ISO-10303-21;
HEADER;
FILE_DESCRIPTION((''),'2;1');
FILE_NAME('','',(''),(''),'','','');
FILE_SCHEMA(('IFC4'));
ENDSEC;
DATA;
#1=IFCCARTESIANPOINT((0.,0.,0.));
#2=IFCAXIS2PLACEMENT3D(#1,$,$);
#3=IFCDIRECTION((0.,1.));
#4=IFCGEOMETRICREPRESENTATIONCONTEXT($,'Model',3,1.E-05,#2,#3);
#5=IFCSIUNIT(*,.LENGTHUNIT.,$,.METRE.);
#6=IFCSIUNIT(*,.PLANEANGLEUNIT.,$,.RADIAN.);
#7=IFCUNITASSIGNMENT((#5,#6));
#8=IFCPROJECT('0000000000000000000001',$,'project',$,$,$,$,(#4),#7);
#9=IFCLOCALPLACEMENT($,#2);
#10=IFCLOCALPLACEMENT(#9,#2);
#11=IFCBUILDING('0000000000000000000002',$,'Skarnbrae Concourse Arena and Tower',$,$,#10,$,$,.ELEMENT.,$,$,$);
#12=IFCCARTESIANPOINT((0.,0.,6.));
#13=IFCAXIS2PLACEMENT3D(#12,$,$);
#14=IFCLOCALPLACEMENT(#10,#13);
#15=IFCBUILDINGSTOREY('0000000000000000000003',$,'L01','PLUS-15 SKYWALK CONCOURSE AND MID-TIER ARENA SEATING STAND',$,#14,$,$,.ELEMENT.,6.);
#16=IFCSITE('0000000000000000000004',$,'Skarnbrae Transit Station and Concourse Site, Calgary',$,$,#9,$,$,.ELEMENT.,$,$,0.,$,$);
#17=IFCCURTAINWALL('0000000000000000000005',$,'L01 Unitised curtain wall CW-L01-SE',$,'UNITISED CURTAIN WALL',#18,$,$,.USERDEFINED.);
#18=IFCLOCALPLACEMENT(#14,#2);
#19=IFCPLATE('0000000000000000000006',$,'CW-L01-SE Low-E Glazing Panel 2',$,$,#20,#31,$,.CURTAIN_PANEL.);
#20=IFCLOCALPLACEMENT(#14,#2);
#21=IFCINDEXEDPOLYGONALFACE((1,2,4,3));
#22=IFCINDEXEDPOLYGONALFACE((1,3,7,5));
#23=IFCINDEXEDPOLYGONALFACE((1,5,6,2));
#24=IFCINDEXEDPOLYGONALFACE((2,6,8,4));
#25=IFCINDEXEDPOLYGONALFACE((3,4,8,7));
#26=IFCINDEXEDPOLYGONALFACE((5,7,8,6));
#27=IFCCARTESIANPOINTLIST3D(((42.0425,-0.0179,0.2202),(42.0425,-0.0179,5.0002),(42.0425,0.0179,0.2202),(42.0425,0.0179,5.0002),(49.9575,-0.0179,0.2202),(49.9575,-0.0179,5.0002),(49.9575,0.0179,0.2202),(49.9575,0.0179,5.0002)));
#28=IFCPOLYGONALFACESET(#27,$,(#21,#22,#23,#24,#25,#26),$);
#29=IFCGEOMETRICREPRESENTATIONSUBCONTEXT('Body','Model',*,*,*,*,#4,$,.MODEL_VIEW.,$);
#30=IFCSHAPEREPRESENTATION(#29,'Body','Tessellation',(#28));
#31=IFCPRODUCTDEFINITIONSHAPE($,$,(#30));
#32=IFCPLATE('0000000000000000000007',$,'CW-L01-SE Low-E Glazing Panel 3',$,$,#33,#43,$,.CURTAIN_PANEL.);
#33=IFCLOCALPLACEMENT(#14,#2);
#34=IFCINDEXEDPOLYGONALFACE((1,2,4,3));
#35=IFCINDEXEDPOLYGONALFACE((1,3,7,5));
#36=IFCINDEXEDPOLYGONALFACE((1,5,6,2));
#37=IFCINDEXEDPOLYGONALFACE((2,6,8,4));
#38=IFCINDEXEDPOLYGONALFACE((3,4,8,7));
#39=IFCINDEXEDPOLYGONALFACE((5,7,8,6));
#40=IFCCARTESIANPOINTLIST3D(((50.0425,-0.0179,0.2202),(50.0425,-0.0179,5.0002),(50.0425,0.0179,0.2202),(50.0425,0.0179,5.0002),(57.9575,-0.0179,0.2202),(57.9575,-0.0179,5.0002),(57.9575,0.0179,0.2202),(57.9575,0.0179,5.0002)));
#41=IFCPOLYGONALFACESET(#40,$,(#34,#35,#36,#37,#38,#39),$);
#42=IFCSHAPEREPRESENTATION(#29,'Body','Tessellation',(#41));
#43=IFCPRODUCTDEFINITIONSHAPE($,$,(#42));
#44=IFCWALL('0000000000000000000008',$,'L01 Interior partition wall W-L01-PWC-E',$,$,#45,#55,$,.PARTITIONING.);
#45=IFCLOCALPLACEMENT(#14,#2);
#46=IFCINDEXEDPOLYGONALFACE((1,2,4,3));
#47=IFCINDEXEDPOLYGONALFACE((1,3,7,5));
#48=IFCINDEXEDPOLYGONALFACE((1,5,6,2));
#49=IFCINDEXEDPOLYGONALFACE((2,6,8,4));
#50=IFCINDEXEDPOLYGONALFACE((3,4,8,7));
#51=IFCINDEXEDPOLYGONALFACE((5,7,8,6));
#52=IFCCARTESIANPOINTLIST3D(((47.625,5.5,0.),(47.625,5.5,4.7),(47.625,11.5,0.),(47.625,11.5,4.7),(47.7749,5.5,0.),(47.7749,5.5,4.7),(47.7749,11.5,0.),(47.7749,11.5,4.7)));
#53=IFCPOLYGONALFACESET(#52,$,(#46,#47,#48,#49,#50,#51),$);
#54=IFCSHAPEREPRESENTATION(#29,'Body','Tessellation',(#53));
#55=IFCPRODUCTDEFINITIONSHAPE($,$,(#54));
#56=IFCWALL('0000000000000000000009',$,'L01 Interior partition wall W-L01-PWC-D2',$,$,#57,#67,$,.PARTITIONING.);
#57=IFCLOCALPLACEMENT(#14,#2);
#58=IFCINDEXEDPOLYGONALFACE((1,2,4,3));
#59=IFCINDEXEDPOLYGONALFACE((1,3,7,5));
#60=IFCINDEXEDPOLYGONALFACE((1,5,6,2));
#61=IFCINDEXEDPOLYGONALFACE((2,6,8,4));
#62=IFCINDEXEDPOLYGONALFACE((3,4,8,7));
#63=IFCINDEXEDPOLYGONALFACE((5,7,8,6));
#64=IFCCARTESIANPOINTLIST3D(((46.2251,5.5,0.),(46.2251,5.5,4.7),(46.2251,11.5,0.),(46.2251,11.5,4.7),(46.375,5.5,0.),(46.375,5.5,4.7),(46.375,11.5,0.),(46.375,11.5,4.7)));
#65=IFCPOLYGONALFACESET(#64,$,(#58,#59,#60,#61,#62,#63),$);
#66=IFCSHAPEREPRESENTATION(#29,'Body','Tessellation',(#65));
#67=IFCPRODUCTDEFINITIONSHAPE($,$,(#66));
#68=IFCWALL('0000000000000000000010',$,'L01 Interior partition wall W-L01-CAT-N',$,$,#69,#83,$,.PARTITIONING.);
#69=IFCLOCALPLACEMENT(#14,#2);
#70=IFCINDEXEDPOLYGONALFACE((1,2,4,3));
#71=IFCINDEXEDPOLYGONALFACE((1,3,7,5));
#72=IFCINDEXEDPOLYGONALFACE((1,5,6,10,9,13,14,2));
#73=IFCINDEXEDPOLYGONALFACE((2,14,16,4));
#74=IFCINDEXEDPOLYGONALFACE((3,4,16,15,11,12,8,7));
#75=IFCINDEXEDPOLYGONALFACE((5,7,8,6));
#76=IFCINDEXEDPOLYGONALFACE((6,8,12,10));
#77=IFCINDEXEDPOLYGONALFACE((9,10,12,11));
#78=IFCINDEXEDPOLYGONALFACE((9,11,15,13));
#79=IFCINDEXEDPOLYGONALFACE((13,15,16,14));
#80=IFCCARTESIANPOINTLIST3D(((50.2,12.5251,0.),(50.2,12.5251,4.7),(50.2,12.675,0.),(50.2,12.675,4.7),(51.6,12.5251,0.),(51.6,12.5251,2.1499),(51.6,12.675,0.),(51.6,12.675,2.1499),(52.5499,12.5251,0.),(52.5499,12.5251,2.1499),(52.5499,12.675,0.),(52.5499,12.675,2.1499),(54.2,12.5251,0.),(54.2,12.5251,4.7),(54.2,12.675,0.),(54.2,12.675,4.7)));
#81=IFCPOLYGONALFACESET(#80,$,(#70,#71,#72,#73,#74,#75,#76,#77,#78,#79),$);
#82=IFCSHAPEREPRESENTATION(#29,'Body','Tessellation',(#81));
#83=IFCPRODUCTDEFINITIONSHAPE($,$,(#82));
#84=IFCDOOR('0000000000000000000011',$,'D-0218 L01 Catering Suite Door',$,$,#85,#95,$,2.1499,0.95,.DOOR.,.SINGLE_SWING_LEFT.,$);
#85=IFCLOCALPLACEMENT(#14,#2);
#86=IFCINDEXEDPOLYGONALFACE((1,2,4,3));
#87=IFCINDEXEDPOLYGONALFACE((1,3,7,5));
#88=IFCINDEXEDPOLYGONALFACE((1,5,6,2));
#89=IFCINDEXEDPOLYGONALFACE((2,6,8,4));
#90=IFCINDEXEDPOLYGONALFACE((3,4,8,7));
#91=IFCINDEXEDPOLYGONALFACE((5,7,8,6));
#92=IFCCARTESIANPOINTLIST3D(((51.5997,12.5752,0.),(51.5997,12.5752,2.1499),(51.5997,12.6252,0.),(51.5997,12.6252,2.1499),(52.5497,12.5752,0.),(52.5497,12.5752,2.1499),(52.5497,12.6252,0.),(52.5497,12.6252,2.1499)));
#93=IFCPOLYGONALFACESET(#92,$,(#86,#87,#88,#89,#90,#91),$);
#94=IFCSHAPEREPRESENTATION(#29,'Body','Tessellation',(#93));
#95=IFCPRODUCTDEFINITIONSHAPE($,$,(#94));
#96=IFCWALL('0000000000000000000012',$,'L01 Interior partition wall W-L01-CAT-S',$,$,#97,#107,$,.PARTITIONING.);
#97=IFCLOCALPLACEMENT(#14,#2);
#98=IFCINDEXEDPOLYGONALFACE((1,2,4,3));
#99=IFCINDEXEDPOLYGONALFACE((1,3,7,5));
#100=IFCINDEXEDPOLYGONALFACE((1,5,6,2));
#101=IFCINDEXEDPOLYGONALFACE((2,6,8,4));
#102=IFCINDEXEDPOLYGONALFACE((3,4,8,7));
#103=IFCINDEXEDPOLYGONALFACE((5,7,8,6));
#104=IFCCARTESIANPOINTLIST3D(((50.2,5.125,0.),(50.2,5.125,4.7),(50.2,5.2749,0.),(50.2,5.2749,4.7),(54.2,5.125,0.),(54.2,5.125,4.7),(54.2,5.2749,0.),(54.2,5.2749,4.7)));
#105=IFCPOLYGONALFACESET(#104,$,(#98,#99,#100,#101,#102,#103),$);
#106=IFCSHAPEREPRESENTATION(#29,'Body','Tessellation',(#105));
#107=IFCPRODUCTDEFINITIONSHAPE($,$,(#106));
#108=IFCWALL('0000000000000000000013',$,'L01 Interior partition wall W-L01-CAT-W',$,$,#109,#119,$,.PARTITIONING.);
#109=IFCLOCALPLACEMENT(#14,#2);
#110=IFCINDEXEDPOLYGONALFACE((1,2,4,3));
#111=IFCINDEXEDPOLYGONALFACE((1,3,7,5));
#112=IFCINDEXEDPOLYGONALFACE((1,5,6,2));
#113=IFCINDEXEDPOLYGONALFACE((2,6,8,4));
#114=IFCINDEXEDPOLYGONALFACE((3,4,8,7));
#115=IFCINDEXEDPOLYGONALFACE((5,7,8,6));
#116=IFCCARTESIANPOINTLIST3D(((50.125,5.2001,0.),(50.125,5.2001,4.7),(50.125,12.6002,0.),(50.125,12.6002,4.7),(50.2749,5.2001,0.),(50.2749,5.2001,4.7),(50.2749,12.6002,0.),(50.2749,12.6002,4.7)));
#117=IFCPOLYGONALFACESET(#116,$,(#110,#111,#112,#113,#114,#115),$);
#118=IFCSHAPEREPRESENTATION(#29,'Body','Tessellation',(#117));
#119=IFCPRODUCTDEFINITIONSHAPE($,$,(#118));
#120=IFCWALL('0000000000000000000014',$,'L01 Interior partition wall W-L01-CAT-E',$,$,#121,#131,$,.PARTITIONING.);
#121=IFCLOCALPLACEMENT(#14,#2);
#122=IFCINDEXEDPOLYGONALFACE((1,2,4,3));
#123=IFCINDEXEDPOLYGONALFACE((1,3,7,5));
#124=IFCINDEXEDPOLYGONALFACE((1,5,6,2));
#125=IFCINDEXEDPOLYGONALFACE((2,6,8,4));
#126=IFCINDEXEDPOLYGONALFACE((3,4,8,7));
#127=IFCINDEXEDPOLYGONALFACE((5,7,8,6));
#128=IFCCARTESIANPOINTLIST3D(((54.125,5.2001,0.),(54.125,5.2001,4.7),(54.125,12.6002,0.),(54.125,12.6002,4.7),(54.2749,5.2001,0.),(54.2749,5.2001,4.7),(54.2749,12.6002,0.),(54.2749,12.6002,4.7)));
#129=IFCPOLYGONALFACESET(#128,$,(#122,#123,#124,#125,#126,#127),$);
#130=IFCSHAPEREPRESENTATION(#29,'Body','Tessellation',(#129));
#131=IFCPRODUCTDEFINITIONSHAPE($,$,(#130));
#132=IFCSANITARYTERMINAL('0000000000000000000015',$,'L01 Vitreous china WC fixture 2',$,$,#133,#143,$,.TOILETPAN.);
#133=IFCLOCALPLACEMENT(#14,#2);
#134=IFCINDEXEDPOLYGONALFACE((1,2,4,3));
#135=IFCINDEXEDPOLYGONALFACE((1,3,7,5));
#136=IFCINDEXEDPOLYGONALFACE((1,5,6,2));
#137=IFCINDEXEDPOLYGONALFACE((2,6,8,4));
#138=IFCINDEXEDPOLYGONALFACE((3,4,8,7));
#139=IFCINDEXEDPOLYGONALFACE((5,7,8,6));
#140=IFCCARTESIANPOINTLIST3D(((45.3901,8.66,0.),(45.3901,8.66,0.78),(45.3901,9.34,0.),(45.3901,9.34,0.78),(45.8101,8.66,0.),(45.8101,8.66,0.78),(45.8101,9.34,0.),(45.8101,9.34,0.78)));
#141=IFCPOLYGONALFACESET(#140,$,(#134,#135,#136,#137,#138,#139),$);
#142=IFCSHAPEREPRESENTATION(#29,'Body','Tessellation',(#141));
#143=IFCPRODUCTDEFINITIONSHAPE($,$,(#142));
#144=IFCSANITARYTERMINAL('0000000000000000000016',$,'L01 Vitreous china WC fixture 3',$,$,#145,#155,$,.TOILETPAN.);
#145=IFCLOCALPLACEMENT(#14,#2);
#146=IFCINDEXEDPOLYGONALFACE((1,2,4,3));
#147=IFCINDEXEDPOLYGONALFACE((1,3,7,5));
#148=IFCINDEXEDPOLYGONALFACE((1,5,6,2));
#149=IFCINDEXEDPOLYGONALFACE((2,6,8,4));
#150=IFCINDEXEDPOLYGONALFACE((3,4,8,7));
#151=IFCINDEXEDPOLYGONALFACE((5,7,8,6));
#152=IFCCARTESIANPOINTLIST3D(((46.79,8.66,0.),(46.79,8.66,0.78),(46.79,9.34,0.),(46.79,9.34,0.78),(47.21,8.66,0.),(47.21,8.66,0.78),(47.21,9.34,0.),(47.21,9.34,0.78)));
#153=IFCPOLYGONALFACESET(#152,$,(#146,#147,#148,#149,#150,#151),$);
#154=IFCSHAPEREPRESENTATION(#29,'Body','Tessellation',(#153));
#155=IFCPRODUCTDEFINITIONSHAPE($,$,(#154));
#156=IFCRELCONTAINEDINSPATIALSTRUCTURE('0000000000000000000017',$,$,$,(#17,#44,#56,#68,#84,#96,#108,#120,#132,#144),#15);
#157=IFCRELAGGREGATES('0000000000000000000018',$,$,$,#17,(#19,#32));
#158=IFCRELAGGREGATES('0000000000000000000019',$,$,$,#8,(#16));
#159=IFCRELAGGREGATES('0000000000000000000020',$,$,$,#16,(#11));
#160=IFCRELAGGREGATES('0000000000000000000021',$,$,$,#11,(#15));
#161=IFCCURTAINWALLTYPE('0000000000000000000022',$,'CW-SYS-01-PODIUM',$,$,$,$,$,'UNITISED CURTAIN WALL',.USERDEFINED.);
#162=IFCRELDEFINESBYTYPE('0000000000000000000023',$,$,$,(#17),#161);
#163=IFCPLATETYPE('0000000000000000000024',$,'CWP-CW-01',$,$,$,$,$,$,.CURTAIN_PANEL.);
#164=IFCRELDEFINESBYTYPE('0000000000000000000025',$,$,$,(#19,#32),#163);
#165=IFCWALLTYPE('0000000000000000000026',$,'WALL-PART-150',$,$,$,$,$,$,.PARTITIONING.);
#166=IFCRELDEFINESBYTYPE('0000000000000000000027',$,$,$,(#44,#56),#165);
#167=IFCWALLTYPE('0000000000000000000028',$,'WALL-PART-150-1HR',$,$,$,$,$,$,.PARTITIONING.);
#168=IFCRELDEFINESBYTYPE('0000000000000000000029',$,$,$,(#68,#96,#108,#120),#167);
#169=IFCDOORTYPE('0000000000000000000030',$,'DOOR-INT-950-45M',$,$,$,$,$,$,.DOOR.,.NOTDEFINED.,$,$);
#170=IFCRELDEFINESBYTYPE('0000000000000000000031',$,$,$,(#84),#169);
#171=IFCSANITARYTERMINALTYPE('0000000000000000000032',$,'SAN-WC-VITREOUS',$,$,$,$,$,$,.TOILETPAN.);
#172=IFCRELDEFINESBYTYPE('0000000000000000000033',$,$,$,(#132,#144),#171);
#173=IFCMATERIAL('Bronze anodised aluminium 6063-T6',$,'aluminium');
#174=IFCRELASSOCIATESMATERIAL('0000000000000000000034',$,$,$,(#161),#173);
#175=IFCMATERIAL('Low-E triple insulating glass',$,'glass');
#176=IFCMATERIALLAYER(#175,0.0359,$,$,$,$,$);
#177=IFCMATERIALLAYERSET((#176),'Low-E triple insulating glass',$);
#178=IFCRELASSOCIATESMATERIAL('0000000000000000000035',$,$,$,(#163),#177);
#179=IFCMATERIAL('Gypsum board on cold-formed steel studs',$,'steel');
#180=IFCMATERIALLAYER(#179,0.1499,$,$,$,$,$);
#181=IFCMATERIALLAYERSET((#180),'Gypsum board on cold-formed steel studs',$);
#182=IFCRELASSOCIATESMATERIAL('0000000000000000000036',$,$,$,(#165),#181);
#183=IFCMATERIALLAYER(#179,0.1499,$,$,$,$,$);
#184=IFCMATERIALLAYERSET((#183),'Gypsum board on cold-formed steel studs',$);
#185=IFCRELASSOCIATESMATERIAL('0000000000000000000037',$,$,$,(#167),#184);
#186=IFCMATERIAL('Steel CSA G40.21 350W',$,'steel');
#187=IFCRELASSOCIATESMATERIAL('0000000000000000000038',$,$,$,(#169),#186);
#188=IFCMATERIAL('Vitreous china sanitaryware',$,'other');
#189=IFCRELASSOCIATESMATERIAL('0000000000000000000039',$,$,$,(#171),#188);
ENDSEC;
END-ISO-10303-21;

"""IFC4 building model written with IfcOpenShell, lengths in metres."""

from ifc_helpers import new_model, si_unit, direction, frame, frame_2d, origin, origin_2d, place, context, subcontext, project, spatial, rectangle, extrude, source, transform, mapped, material, layer, layer_set, type_object, element, fill, aggregate, save


model = new_model("IFC4")

# Units and contexts
model_context = context("Model", 3, precision=1e-05, world=origin(), true_north=direction((0.0, 1.0)))
body_context = subcontext(model_context, "Body", "Model", "MODEL_VIEW")
ifc_project = project(units=[si_unit("LENGTHUNIT", "METRE"), si_unit("PLANEANGLEUNIT", "RADIAN")], contexts=[model_context])

# Site, building, storey
site_placement = place(None, origin())
site = spatial("IfcSite", under=ifc_project, at=site_placement, Name="Skarnbrae Transit Station and Concourse Site, Calgary", CompositionType="ELEMENT", RefElevation=0.0)
building_placement = place(site_placement, origin())
building = spatial("IfcBuilding", under=site, at=building_placement, Name="Skarnbrae Concourse Arena and Tower", CompositionType="ELEMENT")
storey_placement = place(building_placement, frame((0.0, 0.0, 6.0)))
storey = spatial("IfcBuildingStorey", under=building, at=storey_placement, Name="L01", Description="PLUS-15 SKYWALK CONCOURSE AND MID-TIER ARENA SEATING STAND", CompositionType="ELEMENT", Elevation=6.0)

# Shared definitions
ifc_material_1 = material(Name="Steel CSA G40.21 350W", Category="steel")

# Curtain wall, plates
ifc_material_2 = material(Name="Bronze anodised aluminium 6063-T6", Category="aluminium")
curtain_wall_type = type_object("IfcCurtainWallType", Name="CW-SYS-01-PODIUM", ElementType="UNITISED CURTAIN WALL", PredefinedType="USERDEFINED", material=ifc_material_2)
curtain_wall_placement = place(storey_placement, origin())
curtain_wall = element("IfcCurtainWall", 1, at=curtain_wall_placement, inside=storey, type_object=curtain_wall_type, Name="L01 Unitised curtain wall CW-L01-SE", ObjectType="UNITISED CURTAIN WALL", PredefinedType="USERDEFINED")
ifc_material_3 = material(Name="Low-E triple insulating glass", Category="glass")
ifc_layer_1 = layer(ifc_material_3, 0.0359)
ifc_layer_set_1 = layer_set([ifc_layer_1], Name="Low-E triple insulating glass")
plate_type = type_object("IfcPlateType", Name="CWP-CW-01", PredefinedType="CURTAIN_PANEL", material=ifc_layer_set_1)
shared_shape_1 = source(origin(), body_context, "Body", "SweptSolid", [
    extrude(rectangle(XDim=7.915, YDim=0.0359, at=origin_2d()), origin(), (0.0, 0.0, 1.0), 4.78),
])
plate_1_placement = place(storey_placement, frame((46.0, 0.0, 0.2202), z_axis=(0.0, 0.0, 1.0), x_axis=(1.0, 0.0, 0.0)))
plate_1 = element("IfcPlate", 2, at=plate_1_placement, type_object=plate_type, Name="CW-L01-SE Low-E Glazing Panel 2", PredefinedType="CURTAIN_PANEL", context=body_context, shape_type="MappedRepresentation", body=[
    mapped(shared_shape_1, transform((0.0, 0.0, 0.0))),
])
plate_2_placement = place(storey_placement, frame((54.0, 0.0, 0.2202), z_axis=(0.0, 0.0, 1.0), x_axis=(1.0, 0.0, 0.0)))
plate_2 = element("IfcPlate", 3, at=plate_2_placement, type_object=plate_type, Name="CW-L01-SE Low-E Glazing Panel 3", PredefinedType="CURTAIN_PANEL", context=body_context, shape_type="MappedRepresentation", body=[
    mapped(shared_shape_1, transform((0.0, 0.0, 0.0))),
])
aggregate(curtain_wall, [plate_1, plate_2])

# Walls
ifc_material_4 = material(Name="Gypsum board on cold-formed steel studs", Category="steel")
ifc_layer_2 = layer(ifc_material_4, 0.1499)
ifc_layer_set_2 = layer_set([ifc_layer_2], Name="Gypsum board on cold-formed steel studs")
wall_type_1 = type_object("IfcWallType", Name="WALL-PART-150", PredefinedType="PARTITIONING", material=ifc_layer_set_2)
shared_shape_2 = source(origin(), body_context, "Body", "SweptSolid", [
    extrude(rectangle(XDim=6.0, YDim=0.1499, at=frame_2d((3.0, 0.0))), origin(), (0.0, 0.0, 1.0), 4.7),
])
for number, where, z_axis, x_axis, name in (
    (4, (47.7, 5.5, 0.0), (0.0, 0.0, 1.0), (0.0, 1.0, 0.0), "L01 Interior partition wall W-L01-PWC-E"),
    (5, (46.3, 5.5, 0.0), (0.0, 0.0, 1.0), (0.0, 1.0, 0.0), "L01 Interior partition wall W-L01-PWC-D2"),
):
    element("IfcWall", number, at=place(storey_placement, frame(where, z_axis=z_axis, x_axis=x_axis)), inside=storey, type_object=wall_type_1, Name=name, PredefinedType="PARTITIONING", context=body_context, shape_type="MappedRepresentation", body=[
        mapped(shared_shape_2, transform((0.0, 0.0, 0.0))),
    ])

# Wall, opening, door
ifc_layer_3 = layer(ifc_material_4, 0.1499)
ifc_layer_set_3 = layer_set([ifc_layer_3], Name="Gypsum board on cold-formed steel studs")
wall_type_2 = type_object("IfcWallType", Name="WALL-PART-150-1HR", PredefinedType="PARTITIONING", material=ifc_layer_set_3)
shared_shape_3 = source(origin(), body_context, "Body", "SweptSolid", [
    extrude(rectangle(XDim=4.0, YDim=0.1499, at=frame_2d((2.0, 0.0))), origin(), (0.0, 0.0, 1.0), 4.7),
])
wall_1_placement = place(storey_placement, frame((50.2, 12.6001, 0.0), z_axis=(0.0, 0.0, 1.0), x_axis=(1.0, 0.0, 0.0)))
wall_1 = element("IfcWall", 6, at=wall_1_placement, inside=storey, type_object=wall_type_2, Name="L01 Interior partition wall W-L01-CAT-N", PredefinedType="PARTITIONING", context=body_context, shape_type="MappedRepresentation", body=[
    mapped(shared_shape_3, transform((0.0, 0.0, 0.0))),
])
opening_placement = place(wall_1_placement, frame((1.3999, 0.0, 0.0)))
opening = element("IfcOpeningElement", 7, at=opening_placement, cuts=wall_1, PredefinedType="OPENING", context=body_context, shape_type="SweptSolid", body=[
    extrude(rectangle(XDim=0.95, YDim=2.1499, at=frame_2d((0.4751, 1.075))), frame((0.0, 0.085, 0.0), z_axis=(0.0, -1.0, 0.0), x_axis=(1.0, 0.0, 0.0)), (0.0, 0.0, 1.0), 0.1699),
])
door_type = type_object("IfcDoorType", Name="DOOR-INT-950-45M", OperationType="NOTDEFINED", PredefinedType="DOOR", material=ifc_material_1)
shared_shape_4 = source(origin(), body_context, "Body", "SweptSolid", [
    extrude(rectangle(XDim=0.95, YDim=2.1499, at=frame_2d((0.4751, 1.075))), frame((0.0, 0.0249, 0.0), z_axis=(0.0, -1.0, 0.0), x_axis=(1.0, 0.0, 0.0)), (0.0, 0.0, 1.0), 0.05),
])
door_placement = place(opening_placement, frame((0.95, 0.0, 0.0), z_axis=(0.0, 0.0, 1.0), x_axis=(-1.0, 0.0, 0.0)))
door = element("IfcDoor", 8, at=door_placement, inside=storey, type_object=door_type, Name="D-0218 L01 Catering Suite Door", OperationType="SINGLE_SWING_LEFT", OverallHeight=2.1499, OverallWidth=0.95, PredefinedType="DOOR", context=body_context, shape_type="MappedRepresentation", body=[
    mapped(shared_shape_4, transform((0.0, 0.0, 0.0))),
])
fill(opening, door)

# Walls
wall_2_placement = place(storey_placement, frame((50.2, 5.2, 0.0), z_axis=(0.0, 0.0, 1.0), x_axis=(1.0, 0.0, 0.0)))
element("IfcWall", 9, at=wall_2_placement, inside=storey, type_object=wall_type_2, Name="L01 Interior partition wall W-L01-CAT-S", PredefinedType="PARTITIONING", context=body_context, shape_type="MappedRepresentation", body=[
    mapped(shared_shape_3, transform((0.0, 0.0, 0.0))),
])
shared_shape_5 = source(origin(), body_context, "Body", "SweptSolid", [
    extrude(rectangle(XDim=7.4001, YDim=0.1499, at=frame_2d((3.7002, 0.0))), origin(), (0.0, 0.0, 1.0), 4.7),
])
for number, where, z_axis, x_axis, name in (
    (10, (50.2, 5.2, 0.0), (0.0, 0.0, 1.0), (0.0, 1.0, 0.0), "L01 Interior partition wall W-L01-CAT-W"),
    (11, (54.2, 5.2, 0.0), (0.0, 0.0, 1.0), (0.0, 1.0, 0.0), "L01 Interior partition wall W-L01-CAT-E"),
):
    element("IfcWall", number, at=place(storey_placement, frame(where, z_axis=z_axis, x_axis=x_axis)), inside=storey, type_object=wall_type_2, Name=name, PredefinedType="PARTITIONING", context=body_context, shape_type="MappedRepresentation", body=[
        mapped(shared_shape_5, transform((0.0, 0.0, 0.0))),
    ])

# Sanitary terminals
ifc_material_5 = material(Name="Vitreous china sanitaryware", Category="other")
sanitary_terminal_type = type_object("IfcSanitaryTerminalType", Name="SAN-WC-VITREOUS", PredefinedType="TOILETPAN", material=ifc_material_5)
shared_shape_6 = source(origin(), body_context, "Body", "SweptSolid", [
    extrude(rectangle(XDim=0.4199, YDim=0.6799, at=origin_2d()), origin(), (0.0, 0.0, 1.0), 0.78),
])
for number, where, z_axis, x_axis, name in (
    (12, (45.6001, 9.0, 0.0), (0.0, 0.0, 1.0), (1.0, 0.0, 0.0), "L01 Vitreous china WC fixture 2"),
    (13, (47.0, 9.0, 0.0), (0.0, 0.0, 1.0), (1.0, 0.0, 0.0), "L01 Vitreous china WC fixture 3"),
):
    element("IfcSanitaryTerminal", number, at=place(storey_placement, frame(where, z_axis=z_axis, x_axis=x_axis)), inside=storey, type_object=sanitary_terminal_type, Name=name, PredefinedType="TOILETPAN", context=body_context, shape_type="MappedRepresentation", body=[
        mapped(shared_shape_6, transform((0.0, 0.0, 0.0))),
    ])

save(model, "model.ifc")
